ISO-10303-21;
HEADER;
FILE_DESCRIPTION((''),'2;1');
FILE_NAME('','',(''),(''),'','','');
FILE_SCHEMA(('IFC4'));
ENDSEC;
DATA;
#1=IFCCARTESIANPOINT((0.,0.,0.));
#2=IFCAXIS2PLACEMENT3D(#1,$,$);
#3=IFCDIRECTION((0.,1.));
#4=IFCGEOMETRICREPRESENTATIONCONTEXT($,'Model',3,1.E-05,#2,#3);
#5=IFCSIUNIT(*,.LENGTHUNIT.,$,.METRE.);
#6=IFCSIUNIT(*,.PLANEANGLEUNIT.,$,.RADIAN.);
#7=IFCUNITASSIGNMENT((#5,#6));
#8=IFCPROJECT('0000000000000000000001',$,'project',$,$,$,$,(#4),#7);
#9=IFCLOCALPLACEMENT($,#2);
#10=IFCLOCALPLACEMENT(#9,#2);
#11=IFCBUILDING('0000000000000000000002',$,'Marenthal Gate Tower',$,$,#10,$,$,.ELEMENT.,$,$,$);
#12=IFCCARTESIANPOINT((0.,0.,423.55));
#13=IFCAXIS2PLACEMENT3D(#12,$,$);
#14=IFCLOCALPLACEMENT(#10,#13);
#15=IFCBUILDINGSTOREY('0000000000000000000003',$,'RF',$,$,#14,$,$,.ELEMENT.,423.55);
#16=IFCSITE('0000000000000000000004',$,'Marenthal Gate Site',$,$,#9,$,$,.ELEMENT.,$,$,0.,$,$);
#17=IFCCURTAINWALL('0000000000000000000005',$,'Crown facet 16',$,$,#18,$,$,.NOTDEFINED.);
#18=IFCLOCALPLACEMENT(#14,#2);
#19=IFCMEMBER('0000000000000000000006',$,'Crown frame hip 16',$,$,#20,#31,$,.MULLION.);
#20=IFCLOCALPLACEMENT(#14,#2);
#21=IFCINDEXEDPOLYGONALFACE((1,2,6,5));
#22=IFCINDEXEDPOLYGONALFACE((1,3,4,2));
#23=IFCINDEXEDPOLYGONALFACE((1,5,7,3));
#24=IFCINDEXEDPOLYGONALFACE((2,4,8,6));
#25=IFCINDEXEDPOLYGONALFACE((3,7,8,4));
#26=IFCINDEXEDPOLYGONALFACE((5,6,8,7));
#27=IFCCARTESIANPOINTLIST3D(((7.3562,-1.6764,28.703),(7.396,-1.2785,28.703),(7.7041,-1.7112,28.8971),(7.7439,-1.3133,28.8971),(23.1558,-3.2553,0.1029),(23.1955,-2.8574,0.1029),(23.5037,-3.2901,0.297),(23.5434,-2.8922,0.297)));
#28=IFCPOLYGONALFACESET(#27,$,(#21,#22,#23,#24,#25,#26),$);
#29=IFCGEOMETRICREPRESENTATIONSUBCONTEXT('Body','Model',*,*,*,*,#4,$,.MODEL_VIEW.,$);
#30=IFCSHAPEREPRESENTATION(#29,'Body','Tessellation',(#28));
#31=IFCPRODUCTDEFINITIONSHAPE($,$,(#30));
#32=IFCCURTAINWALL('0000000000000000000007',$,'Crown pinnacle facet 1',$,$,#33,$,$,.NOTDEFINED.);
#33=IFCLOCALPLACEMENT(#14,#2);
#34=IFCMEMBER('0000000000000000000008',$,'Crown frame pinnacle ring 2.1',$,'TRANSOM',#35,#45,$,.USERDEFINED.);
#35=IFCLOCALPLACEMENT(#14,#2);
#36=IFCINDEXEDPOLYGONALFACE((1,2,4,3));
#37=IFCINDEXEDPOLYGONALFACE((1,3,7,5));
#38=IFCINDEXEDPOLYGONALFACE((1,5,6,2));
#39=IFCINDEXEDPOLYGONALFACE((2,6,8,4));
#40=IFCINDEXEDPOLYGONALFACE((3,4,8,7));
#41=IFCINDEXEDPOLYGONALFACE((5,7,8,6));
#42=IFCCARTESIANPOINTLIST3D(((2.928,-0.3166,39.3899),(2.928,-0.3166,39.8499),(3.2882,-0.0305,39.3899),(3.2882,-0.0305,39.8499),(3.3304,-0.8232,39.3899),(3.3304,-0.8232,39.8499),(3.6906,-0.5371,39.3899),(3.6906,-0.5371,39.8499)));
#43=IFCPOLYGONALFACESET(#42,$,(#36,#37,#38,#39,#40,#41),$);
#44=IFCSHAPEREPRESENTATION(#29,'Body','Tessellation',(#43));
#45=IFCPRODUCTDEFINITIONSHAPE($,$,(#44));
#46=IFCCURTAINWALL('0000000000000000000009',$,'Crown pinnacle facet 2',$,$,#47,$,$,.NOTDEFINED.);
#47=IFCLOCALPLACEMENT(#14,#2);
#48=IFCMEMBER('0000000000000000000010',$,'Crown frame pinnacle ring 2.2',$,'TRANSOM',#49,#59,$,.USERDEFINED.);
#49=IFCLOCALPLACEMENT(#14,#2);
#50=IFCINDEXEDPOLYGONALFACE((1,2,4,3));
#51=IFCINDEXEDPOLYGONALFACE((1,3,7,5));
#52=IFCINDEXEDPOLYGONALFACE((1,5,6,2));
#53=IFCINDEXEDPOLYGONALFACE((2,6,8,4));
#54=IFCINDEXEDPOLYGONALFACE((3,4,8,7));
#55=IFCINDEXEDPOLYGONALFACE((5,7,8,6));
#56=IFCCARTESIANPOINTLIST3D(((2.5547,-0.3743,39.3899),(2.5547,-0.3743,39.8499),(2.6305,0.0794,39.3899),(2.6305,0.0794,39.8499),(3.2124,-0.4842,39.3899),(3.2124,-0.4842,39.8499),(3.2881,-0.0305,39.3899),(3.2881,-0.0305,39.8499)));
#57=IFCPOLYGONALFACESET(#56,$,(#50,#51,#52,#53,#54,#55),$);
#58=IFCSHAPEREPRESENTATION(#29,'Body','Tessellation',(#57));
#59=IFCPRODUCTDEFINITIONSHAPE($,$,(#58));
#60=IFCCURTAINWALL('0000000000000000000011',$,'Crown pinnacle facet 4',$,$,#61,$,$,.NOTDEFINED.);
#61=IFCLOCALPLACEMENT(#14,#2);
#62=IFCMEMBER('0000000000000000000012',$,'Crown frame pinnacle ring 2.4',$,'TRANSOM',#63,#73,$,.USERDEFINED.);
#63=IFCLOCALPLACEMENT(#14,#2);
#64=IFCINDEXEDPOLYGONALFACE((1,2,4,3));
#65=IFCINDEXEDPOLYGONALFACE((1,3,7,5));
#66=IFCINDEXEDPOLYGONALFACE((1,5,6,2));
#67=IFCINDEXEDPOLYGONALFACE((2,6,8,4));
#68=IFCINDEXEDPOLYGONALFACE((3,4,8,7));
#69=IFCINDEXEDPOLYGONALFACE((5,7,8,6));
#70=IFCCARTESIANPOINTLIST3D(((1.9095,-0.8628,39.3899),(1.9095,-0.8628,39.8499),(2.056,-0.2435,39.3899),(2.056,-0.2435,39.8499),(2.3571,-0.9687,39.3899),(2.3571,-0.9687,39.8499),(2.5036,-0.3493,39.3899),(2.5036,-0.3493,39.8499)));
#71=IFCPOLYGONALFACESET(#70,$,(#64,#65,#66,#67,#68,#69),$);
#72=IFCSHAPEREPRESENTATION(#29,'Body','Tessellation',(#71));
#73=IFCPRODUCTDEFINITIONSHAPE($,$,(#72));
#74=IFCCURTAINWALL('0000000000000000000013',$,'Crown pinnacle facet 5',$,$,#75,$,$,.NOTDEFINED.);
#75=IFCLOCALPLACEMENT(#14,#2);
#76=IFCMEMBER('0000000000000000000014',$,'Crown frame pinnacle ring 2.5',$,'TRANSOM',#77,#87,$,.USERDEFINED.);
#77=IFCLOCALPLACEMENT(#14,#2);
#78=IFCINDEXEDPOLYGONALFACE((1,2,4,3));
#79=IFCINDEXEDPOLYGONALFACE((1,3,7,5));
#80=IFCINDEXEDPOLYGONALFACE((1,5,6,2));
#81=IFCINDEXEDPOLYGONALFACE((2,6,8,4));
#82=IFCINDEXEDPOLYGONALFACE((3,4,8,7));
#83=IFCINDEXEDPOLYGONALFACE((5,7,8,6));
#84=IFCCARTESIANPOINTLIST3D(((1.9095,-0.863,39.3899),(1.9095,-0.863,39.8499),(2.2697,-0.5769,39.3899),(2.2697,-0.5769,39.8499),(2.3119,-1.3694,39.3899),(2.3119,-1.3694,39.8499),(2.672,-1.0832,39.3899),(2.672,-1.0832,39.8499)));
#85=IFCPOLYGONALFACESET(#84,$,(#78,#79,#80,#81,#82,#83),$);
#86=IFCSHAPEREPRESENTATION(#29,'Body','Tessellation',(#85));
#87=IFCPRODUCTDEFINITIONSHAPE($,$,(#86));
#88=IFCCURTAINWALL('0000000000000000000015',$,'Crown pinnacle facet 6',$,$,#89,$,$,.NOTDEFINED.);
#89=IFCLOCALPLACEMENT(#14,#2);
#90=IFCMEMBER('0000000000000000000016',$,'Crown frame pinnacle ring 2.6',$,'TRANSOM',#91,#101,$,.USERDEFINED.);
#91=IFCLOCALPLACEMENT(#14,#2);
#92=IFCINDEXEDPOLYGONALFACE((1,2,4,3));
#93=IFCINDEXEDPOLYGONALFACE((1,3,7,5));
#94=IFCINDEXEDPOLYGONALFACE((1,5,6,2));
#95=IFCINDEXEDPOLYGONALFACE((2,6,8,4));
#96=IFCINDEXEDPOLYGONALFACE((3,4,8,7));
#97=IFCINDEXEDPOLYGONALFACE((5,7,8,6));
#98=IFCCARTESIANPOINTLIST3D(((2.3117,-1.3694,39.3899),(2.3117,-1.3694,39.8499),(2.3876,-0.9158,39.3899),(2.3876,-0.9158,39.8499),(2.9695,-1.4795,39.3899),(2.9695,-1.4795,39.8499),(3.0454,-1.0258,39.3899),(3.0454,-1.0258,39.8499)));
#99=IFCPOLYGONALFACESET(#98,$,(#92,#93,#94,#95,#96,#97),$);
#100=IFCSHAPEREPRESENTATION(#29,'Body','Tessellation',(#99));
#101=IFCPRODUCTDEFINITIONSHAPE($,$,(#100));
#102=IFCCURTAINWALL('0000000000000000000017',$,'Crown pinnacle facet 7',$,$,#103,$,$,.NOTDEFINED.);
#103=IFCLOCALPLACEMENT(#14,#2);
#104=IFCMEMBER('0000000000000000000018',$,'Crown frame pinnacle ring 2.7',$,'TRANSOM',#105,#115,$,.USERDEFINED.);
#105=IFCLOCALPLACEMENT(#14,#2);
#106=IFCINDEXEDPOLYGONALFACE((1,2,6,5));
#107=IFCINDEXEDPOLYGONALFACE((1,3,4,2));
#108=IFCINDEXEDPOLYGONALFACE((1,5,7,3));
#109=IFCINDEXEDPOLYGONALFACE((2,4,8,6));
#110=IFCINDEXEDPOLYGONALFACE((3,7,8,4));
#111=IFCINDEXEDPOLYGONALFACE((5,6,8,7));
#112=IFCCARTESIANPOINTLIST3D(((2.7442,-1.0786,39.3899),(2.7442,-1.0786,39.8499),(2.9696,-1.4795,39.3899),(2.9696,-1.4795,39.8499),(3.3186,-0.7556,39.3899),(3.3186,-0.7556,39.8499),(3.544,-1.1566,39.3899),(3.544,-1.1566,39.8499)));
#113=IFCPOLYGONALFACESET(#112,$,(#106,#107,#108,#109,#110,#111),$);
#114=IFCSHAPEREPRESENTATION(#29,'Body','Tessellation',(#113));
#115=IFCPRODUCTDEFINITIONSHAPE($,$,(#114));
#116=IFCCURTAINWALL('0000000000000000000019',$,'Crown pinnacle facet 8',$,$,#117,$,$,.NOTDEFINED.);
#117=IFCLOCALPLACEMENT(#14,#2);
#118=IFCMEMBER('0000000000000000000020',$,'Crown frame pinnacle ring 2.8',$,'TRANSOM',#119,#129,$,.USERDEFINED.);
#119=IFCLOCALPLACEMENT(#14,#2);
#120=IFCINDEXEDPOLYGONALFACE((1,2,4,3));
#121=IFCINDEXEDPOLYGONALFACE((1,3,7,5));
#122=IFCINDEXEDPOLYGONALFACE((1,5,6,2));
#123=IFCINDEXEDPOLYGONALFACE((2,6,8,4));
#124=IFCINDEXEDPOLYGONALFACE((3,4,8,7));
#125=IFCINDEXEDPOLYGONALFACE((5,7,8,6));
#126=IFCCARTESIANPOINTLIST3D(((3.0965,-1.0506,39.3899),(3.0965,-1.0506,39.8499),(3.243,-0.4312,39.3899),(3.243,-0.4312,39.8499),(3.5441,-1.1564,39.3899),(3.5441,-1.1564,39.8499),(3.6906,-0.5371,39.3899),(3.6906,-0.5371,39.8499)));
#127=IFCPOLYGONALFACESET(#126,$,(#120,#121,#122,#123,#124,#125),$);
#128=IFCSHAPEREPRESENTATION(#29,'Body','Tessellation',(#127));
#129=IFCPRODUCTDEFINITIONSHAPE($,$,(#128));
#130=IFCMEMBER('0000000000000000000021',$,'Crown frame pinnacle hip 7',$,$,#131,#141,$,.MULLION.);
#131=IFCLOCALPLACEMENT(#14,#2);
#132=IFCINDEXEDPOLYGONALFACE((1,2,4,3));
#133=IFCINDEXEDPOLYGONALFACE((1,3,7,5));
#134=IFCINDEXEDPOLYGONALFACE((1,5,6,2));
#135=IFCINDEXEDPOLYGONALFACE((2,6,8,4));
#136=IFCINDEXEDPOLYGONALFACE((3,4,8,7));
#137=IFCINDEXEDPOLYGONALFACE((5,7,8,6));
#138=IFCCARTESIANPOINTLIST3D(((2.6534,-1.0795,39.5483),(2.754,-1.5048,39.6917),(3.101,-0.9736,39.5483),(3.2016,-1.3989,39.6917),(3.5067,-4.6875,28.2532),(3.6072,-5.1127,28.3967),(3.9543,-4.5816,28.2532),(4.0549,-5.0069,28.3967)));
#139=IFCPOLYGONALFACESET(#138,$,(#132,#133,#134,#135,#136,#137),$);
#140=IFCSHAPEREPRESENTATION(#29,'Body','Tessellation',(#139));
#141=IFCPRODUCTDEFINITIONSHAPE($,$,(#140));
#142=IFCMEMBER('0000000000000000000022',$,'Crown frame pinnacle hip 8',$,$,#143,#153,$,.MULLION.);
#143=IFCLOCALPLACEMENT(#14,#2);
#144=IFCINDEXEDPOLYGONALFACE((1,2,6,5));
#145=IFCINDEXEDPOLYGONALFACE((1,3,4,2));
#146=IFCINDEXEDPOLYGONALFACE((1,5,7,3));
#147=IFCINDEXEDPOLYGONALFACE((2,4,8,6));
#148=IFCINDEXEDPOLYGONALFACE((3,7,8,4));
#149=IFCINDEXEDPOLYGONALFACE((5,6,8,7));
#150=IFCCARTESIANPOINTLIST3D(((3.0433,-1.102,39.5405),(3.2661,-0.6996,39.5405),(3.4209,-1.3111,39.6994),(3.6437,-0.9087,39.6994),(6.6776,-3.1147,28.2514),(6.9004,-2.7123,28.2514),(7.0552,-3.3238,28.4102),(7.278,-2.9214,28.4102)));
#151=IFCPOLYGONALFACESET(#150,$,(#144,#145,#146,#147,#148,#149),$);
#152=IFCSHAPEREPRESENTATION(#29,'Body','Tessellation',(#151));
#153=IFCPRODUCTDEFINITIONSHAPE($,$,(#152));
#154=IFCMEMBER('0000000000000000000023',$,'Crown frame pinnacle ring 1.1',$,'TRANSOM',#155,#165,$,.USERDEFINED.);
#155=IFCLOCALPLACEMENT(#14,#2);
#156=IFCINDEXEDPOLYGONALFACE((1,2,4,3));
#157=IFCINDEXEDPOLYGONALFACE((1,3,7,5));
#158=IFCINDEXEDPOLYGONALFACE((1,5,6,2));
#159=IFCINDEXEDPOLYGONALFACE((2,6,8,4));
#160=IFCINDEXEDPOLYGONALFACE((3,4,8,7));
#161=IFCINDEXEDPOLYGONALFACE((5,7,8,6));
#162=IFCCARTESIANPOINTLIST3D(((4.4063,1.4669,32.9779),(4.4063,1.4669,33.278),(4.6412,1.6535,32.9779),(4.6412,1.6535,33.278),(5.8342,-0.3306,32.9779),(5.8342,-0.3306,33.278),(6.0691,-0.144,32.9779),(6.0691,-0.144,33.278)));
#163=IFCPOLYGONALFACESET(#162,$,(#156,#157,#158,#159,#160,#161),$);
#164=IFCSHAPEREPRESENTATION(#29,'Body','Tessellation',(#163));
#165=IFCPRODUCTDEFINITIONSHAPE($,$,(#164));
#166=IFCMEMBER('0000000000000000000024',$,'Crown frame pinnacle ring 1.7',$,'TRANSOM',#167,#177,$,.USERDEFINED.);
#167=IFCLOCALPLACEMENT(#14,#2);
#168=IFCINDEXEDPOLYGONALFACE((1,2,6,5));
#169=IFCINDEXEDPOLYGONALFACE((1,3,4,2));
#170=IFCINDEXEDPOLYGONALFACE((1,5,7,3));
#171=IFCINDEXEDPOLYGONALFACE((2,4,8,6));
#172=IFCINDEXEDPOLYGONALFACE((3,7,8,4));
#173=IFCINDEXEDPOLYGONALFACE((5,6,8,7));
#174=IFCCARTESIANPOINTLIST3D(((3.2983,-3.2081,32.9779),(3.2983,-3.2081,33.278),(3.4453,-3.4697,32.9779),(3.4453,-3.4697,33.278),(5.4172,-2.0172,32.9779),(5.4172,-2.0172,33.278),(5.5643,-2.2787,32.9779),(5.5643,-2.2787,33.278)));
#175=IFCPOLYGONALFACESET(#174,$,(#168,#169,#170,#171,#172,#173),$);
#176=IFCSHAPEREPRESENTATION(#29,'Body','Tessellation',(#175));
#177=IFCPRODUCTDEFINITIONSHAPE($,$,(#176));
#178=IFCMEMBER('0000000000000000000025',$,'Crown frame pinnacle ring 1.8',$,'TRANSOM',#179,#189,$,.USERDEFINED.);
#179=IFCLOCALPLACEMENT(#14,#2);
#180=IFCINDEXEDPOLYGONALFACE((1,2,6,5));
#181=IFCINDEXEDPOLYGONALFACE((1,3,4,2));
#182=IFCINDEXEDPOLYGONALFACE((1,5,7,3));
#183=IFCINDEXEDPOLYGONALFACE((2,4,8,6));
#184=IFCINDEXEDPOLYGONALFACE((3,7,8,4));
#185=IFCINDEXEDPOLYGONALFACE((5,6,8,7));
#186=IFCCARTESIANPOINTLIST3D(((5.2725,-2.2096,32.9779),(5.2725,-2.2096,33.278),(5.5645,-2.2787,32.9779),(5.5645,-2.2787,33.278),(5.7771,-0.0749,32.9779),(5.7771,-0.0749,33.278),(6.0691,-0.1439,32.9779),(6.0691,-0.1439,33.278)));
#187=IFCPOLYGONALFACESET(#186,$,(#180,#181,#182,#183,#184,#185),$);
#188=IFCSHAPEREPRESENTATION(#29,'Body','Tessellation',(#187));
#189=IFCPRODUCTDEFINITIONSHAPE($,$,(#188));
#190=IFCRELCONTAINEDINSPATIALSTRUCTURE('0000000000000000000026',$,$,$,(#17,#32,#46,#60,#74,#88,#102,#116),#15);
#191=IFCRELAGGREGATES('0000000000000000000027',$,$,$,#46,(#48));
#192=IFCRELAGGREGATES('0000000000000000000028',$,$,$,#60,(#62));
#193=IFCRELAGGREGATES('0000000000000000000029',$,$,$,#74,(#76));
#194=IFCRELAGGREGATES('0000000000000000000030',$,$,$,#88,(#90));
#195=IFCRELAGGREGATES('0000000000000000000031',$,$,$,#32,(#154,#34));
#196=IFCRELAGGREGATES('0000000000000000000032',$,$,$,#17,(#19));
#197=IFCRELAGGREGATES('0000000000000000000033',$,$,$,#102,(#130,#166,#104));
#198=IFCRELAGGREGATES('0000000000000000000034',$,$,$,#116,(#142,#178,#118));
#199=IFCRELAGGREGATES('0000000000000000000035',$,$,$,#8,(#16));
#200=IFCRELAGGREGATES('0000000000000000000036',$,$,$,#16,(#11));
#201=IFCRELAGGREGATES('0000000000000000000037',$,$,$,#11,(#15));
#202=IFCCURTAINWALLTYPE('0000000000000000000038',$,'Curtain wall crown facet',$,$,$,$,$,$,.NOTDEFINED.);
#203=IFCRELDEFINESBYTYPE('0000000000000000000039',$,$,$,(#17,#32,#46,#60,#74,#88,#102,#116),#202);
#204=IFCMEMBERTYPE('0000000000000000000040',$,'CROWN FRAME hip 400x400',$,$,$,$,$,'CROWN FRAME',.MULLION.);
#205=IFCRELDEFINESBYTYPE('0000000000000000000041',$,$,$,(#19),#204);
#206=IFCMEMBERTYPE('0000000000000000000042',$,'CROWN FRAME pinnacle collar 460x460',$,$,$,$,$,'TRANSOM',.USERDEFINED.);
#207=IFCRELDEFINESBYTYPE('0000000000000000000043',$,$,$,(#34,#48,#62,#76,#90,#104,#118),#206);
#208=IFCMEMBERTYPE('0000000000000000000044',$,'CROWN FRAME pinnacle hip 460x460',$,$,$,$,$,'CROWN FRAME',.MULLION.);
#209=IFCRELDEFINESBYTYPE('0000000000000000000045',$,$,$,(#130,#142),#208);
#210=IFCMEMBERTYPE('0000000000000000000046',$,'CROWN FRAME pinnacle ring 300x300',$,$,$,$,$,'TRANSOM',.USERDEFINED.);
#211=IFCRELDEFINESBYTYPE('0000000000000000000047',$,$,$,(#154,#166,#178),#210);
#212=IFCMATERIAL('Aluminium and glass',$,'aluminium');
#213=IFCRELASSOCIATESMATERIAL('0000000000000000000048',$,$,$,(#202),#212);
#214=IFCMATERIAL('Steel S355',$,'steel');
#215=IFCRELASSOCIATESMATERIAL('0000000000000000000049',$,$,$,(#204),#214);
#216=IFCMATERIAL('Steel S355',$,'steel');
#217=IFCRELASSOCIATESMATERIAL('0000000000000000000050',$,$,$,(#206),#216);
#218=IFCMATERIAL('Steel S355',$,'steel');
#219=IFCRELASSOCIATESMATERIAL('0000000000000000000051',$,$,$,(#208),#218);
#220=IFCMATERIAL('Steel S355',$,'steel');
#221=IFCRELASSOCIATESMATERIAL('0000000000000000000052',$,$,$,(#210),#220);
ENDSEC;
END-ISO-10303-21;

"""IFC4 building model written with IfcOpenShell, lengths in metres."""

from ifc_helpers import new_model, si_unit, direction, frame, origin, origin_2d, place, context, subcontext, project, spatial, rectangle, extrude, material, material_profile, profile_set, type_object, element, aggregate, save


model = new_model("IFC4")

# Units and contexts
model_context = context("Model", 3, precision=1e-05, world=origin(), true_north=direction((0.0, 1.0)))
body_context = subcontext(model_context, "Body", "Model", "MODEL_VIEW")
ifc_project = project(units=[si_unit("LENGTHUNIT", "METRE"), si_unit("PLANEANGLEUNIT", "RADIAN")], contexts=[model_context])

# Site, building, storey
site_placement = place(None, origin())
site = spatial("IfcSite", under=ifc_project, at=site_placement, Name="Marenthal Gate Site", CompositionType="ELEMENT", RefElevation=0.0)
building_placement = place(site_placement, origin())
building = spatial("IfcBuilding", under=site, at=building_placement, Name="Marenthal Gate Tower", CompositionType="ELEMENT")
storey_placement = place(building_placement, frame((0.0, 0.0, 423.55)))
storey = spatial("IfcBuildingStorey", under=building, at=storey_placement, Name="RF", CompositionType="ELEMENT", Elevation=423.55)

# Curtain walls, members
ifc_material_1 = material(Name="Aluminium and glass", Category="aluminium")
curtain_wall_type = type_object("IfcCurtainWallType", Name="Curtain wall crown facet", PredefinedType="NOTDEFINED", material=ifc_material_1)
curtain_wall_1_placement = place(storey_placement, origin())
curtain_wall_1 = element("IfcCurtainWall", 1, at=curtain_wall_1_placement, inside=storey, type_object=curtain_wall_type, Name="Crown facet 16", PredefinedType="NOTDEFINED")
ifc_material_2 = material(Name="Steel S355", Category="steel")
ifc_material_profile_1 = material_profile(ifc_material_2, rectangle(XDim=0.3999, YDim=0.3999, at=origin_2d()), Name="Crown frame hip 400x400")
ifc_profile_set_1 = profile_set([ifc_material_profile_1], Name="Steel S355")
member_type_1 = type_object("IfcMemberType", Name="CROWN FRAME hip 400x400", ElementType="CROWN FRAME", PredefinedType="MULLION", material=ifc_profile_set_1)
member_1_placement = place(storey_placement, frame((23.3496, -3.0737, 0.2), z_axis=(-0.482988, 0.048265, 0.874296), x_axis=(-0.099435, -0.995044, 0.0)))
member_1 = element("IfcMember", 2, at=member_1_placement, type_object=member_type_1, Name="Crown frame hip 16", PredefinedType="MULLION", context=body_context, shape_type="SweptSolid", body=[
    extrude(rectangle(XDim=0.3999, YDim=0.3999, at=origin_2d()), origin(), (0.0, 0.0, 1.0), 32.7122),
])
curtain_wall_2_placement = place(storey_placement, origin())
curtain_wall_2 = element("IfcCurtainWall", 3, at=curtain_wall_2_placement, inside=storey, type_object=curtain_wall_type, Name="Crown pinnacle facet 1", PredefinedType="NOTDEFINED")
ifc_material_3 = material(Name="Steel S355", Category="steel")
ifc_material_profile_2 = material_profile(ifc_material_3, rectangle(XDim=0.46, YDim=0.46, at=origin_2d()), Name="Crown frame pinnacle collar 460x460")
ifc_profile_set_2 = profile_set([ifc_material_profile_2], Name="Steel S355")
member_type_2 = type_object("IfcMemberType", Name="CROWN FRAME pinnacle collar 460x460", ElementType="TRANSOM", PredefinedType="USERDEFINED", material=ifc_profile_set_2)
member_2_placement = place(storey_placement, frame((3.5105, -0.6802, 39.6199), z_axis=(-0.62193, 0.783073, 0.0), x_axis=(-0.783073, -0.62193, 0.0)))
member_2 = element("IfcMember", 4, at=member_2_placement, type_object=member_type_2, Name="Crown frame pinnacle ring 2.1", ObjectType="TRANSOM", PredefinedType="USERDEFINED", context=body_context, shape_type="SweptSolid", body=[
    extrude(rectangle(XDim=0.46, YDim=0.46, at=origin_2d()), origin(), (0.0, 0.0, 1.0), 0.647),
])
curtain_wall_3_placement = place(storey_placement, origin())
curtain_wall_3 = element("IfcCurtainWall", 5, at=curtain_wall_3_placement, inside=storey, type_object=curtain_wall_type, Name="Crown pinnacle facet 2", PredefinedType="NOTDEFINED")
member_3_placement = place(storey_placement, frame((3.2502, -0.2573, 39.6199), z_axis=(-0.986334, 0.164755, 0.0), x_axis=(-0.164755, -0.986334, 0.0)))
member_3 = element("IfcMember", 6, at=member_3_placement, type_object=member_type_2, Name="Crown frame pinnacle ring 2.2", ObjectType="TRANSOM", PredefinedType="USERDEFINED", context=body_context, shape_type="SweptSolid", body=[
    extrude(rectangle(XDim=0.46, YDim=0.46, at=origin_2d()), origin(), (0.0, 0.0, 1.0), 0.6667),
])
aggregate(curtain_wall_3, [member_3])
curtain_wall_4_placement = place(storey_placement, origin())
curtain_wall_4 = element("IfcCurtainWall", 7, at=curtain_wall_4_placement, inside=storey, type_object=curtain_wall_type, Name="Crown pinnacle facet 4", PredefinedType="NOTDEFINED")
member_4_placement = place(storey_placement, frame((2.2798, -0.2964, 39.6199), z_axis=(-0.230151, -0.973155, 0.0), x_axis=(0.973155, -0.230151, 0.0)))
member_4 = element("IfcMember", 8, at=member_4_placement, type_object=member_type_2, Name="Crown frame pinnacle ring 2.4", ObjectType="TRANSOM", PredefinedType="USERDEFINED", context=body_context, shape_type="SweptSolid", body=[
    extrude(rectangle(XDim=0.46, YDim=0.46, at=origin_2d()), origin(), (0.0, 0.0, 1.0), 0.6365),
])
aggregate(curtain_wall_4, [member_4])
curtain_wall_5_placement = place(storey_placement, origin())
curtain_wall_5 = element("IfcCurtainWall", 9, at=curtain_wall_5_placement, inside=storey, type_object=curtain_wall_type, Name="Crown pinnacle facet 5", PredefinedType="NOTDEFINED")
member_5_placement = place(storey_placement, frame((2.0896, -0.72, 39.6199), z_axis=(0.622114, -0.782927, 0.0), x_axis=(0.782927, 0.622114, 0.0)))
member_5 = element("IfcMember", 10, at=member_5_placement, type_object=member_type_2, Name="Crown frame pinnacle ring 2.5", ObjectType="TRANSOM", PredefinedType="USERDEFINED", context=body_context, shape_type="SweptSolid", body=[
    extrude(rectangle(XDim=0.46, YDim=0.46, at=origin_2d()), origin(), (0.0, 0.0, 1.0), 0.6467),
])
aggregate(curtain_wall_5, [member_5])
curtain_wall_6_placement = place(storey_placement, origin())
curtain_wall_6 = element("IfcCurtainWall", 11, at=curtain_wall_6_placement, inside=storey, type_object=curtain_wall_type, Name="Crown pinnacle facet 6", PredefinedType="NOTDEFINED")
member_6_placement = place(storey_placement, frame((2.3496, -1.1426, 39.6199), z_axis=(0.986285, -0.165052, 0.0), x_axis=(0.165052, 0.986285, 0.0)))
member_6 = element("IfcMember", 12, at=member_6_placement, type_object=member_type_2, Name="Crown frame pinnacle ring 2.6", ObjectType="TRANSOM", PredefinedType="USERDEFINED", context=body_context, shape_type="SweptSolid", body=[
    extrude(rectangle(XDim=0.46, YDim=0.46, at=origin_2d()), origin(), (0.0, 0.0, 1.0), 0.667),
])
aggregate(curtain_wall_6, [member_6])
curtain_wall_7_placement = place(storey_placement, origin())
curtain_wall_7 = element("IfcCurtainWall", 13, at=curtain_wall_7_placement, inside=storey, type_object=curtain_wall_type, Name="Crown pinnacle facet 7", PredefinedType="NOTDEFINED")
member_7_placement = place(storey_placement, frame((2.8569, -1.2791, 39.6199), z_axis=(0.871665, 0.490103, 0.0), x_axis=(-0.490103, 0.871665, 0.0)))
member_7 = element("IfcMember", 14, at=member_7_placement, type_object=member_type_2, Name="Crown frame pinnacle ring 2.7", ObjectType="TRANSOM", PredefinedType="USERDEFINED", context=body_context, shape_type="SweptSolid", body=[
    extrude(rectangle(XDim=0.46, YDim=0.46, at=origin_2d()), origin(), (0.0, 0.0, 1.0), 0.6589),
])
curtain_wall_8_placement = place(storey_placement, origin())
curtain_wall_8 = element("IfcCurtainWall", 15, at=curtain_wall_8_placement, inside=storey, type_object=curtain_wall_type, Name="Crown pinnacle facet 8", PredefinedType="NOTDEFINED")
member_8_placement = place(storey_placement, frame((3.3203, -1.1035, 39.6199), z_axis=(0.230151, 0.973155, 0.0), x_axis=(-0.973155, 0.230151, 0.0)))
member_8 = element("IfcMember", 16, at=member_8_placement, type_object=member_type_2, Name="Crown frame pinnacle ring 2.8", ObjectType="TRANSOM", PredefinedType="USERDEFINED", context=body_context, shape_type="SweptSolid", body=[
    extrude(rectangle(XDim=0.46, YDim=0.46, at=origin_2d()), origin(), (0.0, 0.0, 1.0), 0.6365),
])

# Members
ifc_material_4 = material(Name="Steel S355", Category="steel")
ifc_material_profile_3 = material_profile(ifc_material_4, rectangle(XDim=0.46, YDim=0.46, at=origin_2d()), Name="Crown frame pinnacle hip 460x460")
ifc_profile_set_3 = profile_set([ifc_material_profile_3], Name="Steel S355")
member_type_3 = type_object("IfcMemberType", Name="CROWN FRAME pinnacle hip 460x460", ElementType="CROWN FRAME", PredefinedType="MULLION", material=ifc_profile_set_3)
member_9_placement = place(storey_placement, frame((3.7808, -4.8472, 28.325), z_axis=(-0.071777, 0.303496, 0.950125), x_axis=(-0.973155, -0.230151, 0.0)))
member_9 = element("IfcMember", 17, at=member_9_placement, type_object=member_type_3, Name="Crown frame pinnacle hip 7", PredefinedType="MULLION", context=body_context, shape_type="SweptSolid", body=[
    extrude(rectangle(XDim=0.46, YDim=0.46, at=origin_2d()), origin(), (0.0, 0.0, 1.0), 11.8879),
])
member_10_placement = place(storey_placement, frame((6.9778, -3.0181, 28.3308), z_axis=(-0.302121, 0.167317, 0.938471), x_axis=(-0.484475, -0.874805, 0.0)))
member_10 = element("IfcMember", 18, at=member_10_placement, type_object=member_type_3, Name="Crown frame pinnacle hip 8", PredefinedType="MULLION", context=body_context, shape_type="SweptSolid", body=[
    extrude(rectangle(XDim=0.46, YDim=0.46, at=origin_2d()), origin(), (0.0, 0.0, 1.0), 12.0293),
])
ifc_material_5 = material(Name="Steel S355", Category="steel")
ifc_material_profile_4 = material_profile(ifc_material_5, rectangle(XDim=0.3, YDim=0.3, at=origin_2d()), Name="Crown frame pinnacle ring 300x300")
ifc_profile_set_4 = profile_set([ifc_material_profile_4], Name="Steel S355")
member_type_4 = type_object("IfcMemberType", Name="CROWN FRAME pinnacle ring 300x300", ElementType="TRANSOM", PredefinedType="USERDEFINED", material=ifc_profile_set_4)
member_11_placement = place(storey_placement, frame((5.9517, -0.2373, 33.1279), z_axis=(-0.622007, 0.783012, 0.0), x_axis=(-0.783012, -0.622007, 0.0)))
member_11 = element("IfcMember", 19, at=member_11_placement, type_object=member_type_4, Name="Crown frame pinnacle ring 1.1", ObjectType="TRANSOM", PredefinedType="USERDEFINED", context=body_context, shape_type="SweptSolid", body=[
    extrude(rectangle(XDim=0.3, YDim=0.3, at=origin_2d()), origin(), (0.0, 0.0, 1.0), 2.2957),
])
aggregate(curtain_wall_2, [member_11, member_2])
member_12_placement = place(storey_placement, frame((3.3718, -3.3389, 33.1279), z_axis=(0.871744, 0.489961, 0.0), x_axis=(-0.489961, 0.871744, 0.0)))
member_12 = element("IfcMember", 20, at=member_12_placement, type_object=member_type_4, Name="Crown frame pinnacle ring 1.7", ObjectType="TRANSOM", PredefinedType="USERDEFINED", context=body_context, shape_type="SweptSolid", body=[
    extrude(rectangle(XDim=0.3, YDim=0.3, at=origin_2d()), origin(), (0.0, 0.0, 1.0), 2.4307),
])
member_13_placement = place(storey_placement, frame((5.4185, -2.2441, 33.1279), z_axis=(0.23005, 0.973179, 0.0), x_axis=(-0.973179, 0.23005, 0.0)))
member_13 = element("IfcMember", 21, at=member_13_placement, type_object=member_type_4, Name="Crown frame pinnacle ring 1.8", ObjectType="TRANSOM", PredefinedType="USERDEFINED", context=body_context, shape_type="SweptSolid", body=[
    extrude(rectangle(XDim=0.3, YDim=0.3, at=origin_2d()), origin(), (0.0, 0.0, 1.0), 2.1936),
])

aggregate(curtain_wall_1, [member_1])
aggregate(curtain_wall_7, [member_9, member_12, member_7])
aggregate(curtain_wall_8, [member_10, member_13, member_8])

save(model, "model.ifc")
